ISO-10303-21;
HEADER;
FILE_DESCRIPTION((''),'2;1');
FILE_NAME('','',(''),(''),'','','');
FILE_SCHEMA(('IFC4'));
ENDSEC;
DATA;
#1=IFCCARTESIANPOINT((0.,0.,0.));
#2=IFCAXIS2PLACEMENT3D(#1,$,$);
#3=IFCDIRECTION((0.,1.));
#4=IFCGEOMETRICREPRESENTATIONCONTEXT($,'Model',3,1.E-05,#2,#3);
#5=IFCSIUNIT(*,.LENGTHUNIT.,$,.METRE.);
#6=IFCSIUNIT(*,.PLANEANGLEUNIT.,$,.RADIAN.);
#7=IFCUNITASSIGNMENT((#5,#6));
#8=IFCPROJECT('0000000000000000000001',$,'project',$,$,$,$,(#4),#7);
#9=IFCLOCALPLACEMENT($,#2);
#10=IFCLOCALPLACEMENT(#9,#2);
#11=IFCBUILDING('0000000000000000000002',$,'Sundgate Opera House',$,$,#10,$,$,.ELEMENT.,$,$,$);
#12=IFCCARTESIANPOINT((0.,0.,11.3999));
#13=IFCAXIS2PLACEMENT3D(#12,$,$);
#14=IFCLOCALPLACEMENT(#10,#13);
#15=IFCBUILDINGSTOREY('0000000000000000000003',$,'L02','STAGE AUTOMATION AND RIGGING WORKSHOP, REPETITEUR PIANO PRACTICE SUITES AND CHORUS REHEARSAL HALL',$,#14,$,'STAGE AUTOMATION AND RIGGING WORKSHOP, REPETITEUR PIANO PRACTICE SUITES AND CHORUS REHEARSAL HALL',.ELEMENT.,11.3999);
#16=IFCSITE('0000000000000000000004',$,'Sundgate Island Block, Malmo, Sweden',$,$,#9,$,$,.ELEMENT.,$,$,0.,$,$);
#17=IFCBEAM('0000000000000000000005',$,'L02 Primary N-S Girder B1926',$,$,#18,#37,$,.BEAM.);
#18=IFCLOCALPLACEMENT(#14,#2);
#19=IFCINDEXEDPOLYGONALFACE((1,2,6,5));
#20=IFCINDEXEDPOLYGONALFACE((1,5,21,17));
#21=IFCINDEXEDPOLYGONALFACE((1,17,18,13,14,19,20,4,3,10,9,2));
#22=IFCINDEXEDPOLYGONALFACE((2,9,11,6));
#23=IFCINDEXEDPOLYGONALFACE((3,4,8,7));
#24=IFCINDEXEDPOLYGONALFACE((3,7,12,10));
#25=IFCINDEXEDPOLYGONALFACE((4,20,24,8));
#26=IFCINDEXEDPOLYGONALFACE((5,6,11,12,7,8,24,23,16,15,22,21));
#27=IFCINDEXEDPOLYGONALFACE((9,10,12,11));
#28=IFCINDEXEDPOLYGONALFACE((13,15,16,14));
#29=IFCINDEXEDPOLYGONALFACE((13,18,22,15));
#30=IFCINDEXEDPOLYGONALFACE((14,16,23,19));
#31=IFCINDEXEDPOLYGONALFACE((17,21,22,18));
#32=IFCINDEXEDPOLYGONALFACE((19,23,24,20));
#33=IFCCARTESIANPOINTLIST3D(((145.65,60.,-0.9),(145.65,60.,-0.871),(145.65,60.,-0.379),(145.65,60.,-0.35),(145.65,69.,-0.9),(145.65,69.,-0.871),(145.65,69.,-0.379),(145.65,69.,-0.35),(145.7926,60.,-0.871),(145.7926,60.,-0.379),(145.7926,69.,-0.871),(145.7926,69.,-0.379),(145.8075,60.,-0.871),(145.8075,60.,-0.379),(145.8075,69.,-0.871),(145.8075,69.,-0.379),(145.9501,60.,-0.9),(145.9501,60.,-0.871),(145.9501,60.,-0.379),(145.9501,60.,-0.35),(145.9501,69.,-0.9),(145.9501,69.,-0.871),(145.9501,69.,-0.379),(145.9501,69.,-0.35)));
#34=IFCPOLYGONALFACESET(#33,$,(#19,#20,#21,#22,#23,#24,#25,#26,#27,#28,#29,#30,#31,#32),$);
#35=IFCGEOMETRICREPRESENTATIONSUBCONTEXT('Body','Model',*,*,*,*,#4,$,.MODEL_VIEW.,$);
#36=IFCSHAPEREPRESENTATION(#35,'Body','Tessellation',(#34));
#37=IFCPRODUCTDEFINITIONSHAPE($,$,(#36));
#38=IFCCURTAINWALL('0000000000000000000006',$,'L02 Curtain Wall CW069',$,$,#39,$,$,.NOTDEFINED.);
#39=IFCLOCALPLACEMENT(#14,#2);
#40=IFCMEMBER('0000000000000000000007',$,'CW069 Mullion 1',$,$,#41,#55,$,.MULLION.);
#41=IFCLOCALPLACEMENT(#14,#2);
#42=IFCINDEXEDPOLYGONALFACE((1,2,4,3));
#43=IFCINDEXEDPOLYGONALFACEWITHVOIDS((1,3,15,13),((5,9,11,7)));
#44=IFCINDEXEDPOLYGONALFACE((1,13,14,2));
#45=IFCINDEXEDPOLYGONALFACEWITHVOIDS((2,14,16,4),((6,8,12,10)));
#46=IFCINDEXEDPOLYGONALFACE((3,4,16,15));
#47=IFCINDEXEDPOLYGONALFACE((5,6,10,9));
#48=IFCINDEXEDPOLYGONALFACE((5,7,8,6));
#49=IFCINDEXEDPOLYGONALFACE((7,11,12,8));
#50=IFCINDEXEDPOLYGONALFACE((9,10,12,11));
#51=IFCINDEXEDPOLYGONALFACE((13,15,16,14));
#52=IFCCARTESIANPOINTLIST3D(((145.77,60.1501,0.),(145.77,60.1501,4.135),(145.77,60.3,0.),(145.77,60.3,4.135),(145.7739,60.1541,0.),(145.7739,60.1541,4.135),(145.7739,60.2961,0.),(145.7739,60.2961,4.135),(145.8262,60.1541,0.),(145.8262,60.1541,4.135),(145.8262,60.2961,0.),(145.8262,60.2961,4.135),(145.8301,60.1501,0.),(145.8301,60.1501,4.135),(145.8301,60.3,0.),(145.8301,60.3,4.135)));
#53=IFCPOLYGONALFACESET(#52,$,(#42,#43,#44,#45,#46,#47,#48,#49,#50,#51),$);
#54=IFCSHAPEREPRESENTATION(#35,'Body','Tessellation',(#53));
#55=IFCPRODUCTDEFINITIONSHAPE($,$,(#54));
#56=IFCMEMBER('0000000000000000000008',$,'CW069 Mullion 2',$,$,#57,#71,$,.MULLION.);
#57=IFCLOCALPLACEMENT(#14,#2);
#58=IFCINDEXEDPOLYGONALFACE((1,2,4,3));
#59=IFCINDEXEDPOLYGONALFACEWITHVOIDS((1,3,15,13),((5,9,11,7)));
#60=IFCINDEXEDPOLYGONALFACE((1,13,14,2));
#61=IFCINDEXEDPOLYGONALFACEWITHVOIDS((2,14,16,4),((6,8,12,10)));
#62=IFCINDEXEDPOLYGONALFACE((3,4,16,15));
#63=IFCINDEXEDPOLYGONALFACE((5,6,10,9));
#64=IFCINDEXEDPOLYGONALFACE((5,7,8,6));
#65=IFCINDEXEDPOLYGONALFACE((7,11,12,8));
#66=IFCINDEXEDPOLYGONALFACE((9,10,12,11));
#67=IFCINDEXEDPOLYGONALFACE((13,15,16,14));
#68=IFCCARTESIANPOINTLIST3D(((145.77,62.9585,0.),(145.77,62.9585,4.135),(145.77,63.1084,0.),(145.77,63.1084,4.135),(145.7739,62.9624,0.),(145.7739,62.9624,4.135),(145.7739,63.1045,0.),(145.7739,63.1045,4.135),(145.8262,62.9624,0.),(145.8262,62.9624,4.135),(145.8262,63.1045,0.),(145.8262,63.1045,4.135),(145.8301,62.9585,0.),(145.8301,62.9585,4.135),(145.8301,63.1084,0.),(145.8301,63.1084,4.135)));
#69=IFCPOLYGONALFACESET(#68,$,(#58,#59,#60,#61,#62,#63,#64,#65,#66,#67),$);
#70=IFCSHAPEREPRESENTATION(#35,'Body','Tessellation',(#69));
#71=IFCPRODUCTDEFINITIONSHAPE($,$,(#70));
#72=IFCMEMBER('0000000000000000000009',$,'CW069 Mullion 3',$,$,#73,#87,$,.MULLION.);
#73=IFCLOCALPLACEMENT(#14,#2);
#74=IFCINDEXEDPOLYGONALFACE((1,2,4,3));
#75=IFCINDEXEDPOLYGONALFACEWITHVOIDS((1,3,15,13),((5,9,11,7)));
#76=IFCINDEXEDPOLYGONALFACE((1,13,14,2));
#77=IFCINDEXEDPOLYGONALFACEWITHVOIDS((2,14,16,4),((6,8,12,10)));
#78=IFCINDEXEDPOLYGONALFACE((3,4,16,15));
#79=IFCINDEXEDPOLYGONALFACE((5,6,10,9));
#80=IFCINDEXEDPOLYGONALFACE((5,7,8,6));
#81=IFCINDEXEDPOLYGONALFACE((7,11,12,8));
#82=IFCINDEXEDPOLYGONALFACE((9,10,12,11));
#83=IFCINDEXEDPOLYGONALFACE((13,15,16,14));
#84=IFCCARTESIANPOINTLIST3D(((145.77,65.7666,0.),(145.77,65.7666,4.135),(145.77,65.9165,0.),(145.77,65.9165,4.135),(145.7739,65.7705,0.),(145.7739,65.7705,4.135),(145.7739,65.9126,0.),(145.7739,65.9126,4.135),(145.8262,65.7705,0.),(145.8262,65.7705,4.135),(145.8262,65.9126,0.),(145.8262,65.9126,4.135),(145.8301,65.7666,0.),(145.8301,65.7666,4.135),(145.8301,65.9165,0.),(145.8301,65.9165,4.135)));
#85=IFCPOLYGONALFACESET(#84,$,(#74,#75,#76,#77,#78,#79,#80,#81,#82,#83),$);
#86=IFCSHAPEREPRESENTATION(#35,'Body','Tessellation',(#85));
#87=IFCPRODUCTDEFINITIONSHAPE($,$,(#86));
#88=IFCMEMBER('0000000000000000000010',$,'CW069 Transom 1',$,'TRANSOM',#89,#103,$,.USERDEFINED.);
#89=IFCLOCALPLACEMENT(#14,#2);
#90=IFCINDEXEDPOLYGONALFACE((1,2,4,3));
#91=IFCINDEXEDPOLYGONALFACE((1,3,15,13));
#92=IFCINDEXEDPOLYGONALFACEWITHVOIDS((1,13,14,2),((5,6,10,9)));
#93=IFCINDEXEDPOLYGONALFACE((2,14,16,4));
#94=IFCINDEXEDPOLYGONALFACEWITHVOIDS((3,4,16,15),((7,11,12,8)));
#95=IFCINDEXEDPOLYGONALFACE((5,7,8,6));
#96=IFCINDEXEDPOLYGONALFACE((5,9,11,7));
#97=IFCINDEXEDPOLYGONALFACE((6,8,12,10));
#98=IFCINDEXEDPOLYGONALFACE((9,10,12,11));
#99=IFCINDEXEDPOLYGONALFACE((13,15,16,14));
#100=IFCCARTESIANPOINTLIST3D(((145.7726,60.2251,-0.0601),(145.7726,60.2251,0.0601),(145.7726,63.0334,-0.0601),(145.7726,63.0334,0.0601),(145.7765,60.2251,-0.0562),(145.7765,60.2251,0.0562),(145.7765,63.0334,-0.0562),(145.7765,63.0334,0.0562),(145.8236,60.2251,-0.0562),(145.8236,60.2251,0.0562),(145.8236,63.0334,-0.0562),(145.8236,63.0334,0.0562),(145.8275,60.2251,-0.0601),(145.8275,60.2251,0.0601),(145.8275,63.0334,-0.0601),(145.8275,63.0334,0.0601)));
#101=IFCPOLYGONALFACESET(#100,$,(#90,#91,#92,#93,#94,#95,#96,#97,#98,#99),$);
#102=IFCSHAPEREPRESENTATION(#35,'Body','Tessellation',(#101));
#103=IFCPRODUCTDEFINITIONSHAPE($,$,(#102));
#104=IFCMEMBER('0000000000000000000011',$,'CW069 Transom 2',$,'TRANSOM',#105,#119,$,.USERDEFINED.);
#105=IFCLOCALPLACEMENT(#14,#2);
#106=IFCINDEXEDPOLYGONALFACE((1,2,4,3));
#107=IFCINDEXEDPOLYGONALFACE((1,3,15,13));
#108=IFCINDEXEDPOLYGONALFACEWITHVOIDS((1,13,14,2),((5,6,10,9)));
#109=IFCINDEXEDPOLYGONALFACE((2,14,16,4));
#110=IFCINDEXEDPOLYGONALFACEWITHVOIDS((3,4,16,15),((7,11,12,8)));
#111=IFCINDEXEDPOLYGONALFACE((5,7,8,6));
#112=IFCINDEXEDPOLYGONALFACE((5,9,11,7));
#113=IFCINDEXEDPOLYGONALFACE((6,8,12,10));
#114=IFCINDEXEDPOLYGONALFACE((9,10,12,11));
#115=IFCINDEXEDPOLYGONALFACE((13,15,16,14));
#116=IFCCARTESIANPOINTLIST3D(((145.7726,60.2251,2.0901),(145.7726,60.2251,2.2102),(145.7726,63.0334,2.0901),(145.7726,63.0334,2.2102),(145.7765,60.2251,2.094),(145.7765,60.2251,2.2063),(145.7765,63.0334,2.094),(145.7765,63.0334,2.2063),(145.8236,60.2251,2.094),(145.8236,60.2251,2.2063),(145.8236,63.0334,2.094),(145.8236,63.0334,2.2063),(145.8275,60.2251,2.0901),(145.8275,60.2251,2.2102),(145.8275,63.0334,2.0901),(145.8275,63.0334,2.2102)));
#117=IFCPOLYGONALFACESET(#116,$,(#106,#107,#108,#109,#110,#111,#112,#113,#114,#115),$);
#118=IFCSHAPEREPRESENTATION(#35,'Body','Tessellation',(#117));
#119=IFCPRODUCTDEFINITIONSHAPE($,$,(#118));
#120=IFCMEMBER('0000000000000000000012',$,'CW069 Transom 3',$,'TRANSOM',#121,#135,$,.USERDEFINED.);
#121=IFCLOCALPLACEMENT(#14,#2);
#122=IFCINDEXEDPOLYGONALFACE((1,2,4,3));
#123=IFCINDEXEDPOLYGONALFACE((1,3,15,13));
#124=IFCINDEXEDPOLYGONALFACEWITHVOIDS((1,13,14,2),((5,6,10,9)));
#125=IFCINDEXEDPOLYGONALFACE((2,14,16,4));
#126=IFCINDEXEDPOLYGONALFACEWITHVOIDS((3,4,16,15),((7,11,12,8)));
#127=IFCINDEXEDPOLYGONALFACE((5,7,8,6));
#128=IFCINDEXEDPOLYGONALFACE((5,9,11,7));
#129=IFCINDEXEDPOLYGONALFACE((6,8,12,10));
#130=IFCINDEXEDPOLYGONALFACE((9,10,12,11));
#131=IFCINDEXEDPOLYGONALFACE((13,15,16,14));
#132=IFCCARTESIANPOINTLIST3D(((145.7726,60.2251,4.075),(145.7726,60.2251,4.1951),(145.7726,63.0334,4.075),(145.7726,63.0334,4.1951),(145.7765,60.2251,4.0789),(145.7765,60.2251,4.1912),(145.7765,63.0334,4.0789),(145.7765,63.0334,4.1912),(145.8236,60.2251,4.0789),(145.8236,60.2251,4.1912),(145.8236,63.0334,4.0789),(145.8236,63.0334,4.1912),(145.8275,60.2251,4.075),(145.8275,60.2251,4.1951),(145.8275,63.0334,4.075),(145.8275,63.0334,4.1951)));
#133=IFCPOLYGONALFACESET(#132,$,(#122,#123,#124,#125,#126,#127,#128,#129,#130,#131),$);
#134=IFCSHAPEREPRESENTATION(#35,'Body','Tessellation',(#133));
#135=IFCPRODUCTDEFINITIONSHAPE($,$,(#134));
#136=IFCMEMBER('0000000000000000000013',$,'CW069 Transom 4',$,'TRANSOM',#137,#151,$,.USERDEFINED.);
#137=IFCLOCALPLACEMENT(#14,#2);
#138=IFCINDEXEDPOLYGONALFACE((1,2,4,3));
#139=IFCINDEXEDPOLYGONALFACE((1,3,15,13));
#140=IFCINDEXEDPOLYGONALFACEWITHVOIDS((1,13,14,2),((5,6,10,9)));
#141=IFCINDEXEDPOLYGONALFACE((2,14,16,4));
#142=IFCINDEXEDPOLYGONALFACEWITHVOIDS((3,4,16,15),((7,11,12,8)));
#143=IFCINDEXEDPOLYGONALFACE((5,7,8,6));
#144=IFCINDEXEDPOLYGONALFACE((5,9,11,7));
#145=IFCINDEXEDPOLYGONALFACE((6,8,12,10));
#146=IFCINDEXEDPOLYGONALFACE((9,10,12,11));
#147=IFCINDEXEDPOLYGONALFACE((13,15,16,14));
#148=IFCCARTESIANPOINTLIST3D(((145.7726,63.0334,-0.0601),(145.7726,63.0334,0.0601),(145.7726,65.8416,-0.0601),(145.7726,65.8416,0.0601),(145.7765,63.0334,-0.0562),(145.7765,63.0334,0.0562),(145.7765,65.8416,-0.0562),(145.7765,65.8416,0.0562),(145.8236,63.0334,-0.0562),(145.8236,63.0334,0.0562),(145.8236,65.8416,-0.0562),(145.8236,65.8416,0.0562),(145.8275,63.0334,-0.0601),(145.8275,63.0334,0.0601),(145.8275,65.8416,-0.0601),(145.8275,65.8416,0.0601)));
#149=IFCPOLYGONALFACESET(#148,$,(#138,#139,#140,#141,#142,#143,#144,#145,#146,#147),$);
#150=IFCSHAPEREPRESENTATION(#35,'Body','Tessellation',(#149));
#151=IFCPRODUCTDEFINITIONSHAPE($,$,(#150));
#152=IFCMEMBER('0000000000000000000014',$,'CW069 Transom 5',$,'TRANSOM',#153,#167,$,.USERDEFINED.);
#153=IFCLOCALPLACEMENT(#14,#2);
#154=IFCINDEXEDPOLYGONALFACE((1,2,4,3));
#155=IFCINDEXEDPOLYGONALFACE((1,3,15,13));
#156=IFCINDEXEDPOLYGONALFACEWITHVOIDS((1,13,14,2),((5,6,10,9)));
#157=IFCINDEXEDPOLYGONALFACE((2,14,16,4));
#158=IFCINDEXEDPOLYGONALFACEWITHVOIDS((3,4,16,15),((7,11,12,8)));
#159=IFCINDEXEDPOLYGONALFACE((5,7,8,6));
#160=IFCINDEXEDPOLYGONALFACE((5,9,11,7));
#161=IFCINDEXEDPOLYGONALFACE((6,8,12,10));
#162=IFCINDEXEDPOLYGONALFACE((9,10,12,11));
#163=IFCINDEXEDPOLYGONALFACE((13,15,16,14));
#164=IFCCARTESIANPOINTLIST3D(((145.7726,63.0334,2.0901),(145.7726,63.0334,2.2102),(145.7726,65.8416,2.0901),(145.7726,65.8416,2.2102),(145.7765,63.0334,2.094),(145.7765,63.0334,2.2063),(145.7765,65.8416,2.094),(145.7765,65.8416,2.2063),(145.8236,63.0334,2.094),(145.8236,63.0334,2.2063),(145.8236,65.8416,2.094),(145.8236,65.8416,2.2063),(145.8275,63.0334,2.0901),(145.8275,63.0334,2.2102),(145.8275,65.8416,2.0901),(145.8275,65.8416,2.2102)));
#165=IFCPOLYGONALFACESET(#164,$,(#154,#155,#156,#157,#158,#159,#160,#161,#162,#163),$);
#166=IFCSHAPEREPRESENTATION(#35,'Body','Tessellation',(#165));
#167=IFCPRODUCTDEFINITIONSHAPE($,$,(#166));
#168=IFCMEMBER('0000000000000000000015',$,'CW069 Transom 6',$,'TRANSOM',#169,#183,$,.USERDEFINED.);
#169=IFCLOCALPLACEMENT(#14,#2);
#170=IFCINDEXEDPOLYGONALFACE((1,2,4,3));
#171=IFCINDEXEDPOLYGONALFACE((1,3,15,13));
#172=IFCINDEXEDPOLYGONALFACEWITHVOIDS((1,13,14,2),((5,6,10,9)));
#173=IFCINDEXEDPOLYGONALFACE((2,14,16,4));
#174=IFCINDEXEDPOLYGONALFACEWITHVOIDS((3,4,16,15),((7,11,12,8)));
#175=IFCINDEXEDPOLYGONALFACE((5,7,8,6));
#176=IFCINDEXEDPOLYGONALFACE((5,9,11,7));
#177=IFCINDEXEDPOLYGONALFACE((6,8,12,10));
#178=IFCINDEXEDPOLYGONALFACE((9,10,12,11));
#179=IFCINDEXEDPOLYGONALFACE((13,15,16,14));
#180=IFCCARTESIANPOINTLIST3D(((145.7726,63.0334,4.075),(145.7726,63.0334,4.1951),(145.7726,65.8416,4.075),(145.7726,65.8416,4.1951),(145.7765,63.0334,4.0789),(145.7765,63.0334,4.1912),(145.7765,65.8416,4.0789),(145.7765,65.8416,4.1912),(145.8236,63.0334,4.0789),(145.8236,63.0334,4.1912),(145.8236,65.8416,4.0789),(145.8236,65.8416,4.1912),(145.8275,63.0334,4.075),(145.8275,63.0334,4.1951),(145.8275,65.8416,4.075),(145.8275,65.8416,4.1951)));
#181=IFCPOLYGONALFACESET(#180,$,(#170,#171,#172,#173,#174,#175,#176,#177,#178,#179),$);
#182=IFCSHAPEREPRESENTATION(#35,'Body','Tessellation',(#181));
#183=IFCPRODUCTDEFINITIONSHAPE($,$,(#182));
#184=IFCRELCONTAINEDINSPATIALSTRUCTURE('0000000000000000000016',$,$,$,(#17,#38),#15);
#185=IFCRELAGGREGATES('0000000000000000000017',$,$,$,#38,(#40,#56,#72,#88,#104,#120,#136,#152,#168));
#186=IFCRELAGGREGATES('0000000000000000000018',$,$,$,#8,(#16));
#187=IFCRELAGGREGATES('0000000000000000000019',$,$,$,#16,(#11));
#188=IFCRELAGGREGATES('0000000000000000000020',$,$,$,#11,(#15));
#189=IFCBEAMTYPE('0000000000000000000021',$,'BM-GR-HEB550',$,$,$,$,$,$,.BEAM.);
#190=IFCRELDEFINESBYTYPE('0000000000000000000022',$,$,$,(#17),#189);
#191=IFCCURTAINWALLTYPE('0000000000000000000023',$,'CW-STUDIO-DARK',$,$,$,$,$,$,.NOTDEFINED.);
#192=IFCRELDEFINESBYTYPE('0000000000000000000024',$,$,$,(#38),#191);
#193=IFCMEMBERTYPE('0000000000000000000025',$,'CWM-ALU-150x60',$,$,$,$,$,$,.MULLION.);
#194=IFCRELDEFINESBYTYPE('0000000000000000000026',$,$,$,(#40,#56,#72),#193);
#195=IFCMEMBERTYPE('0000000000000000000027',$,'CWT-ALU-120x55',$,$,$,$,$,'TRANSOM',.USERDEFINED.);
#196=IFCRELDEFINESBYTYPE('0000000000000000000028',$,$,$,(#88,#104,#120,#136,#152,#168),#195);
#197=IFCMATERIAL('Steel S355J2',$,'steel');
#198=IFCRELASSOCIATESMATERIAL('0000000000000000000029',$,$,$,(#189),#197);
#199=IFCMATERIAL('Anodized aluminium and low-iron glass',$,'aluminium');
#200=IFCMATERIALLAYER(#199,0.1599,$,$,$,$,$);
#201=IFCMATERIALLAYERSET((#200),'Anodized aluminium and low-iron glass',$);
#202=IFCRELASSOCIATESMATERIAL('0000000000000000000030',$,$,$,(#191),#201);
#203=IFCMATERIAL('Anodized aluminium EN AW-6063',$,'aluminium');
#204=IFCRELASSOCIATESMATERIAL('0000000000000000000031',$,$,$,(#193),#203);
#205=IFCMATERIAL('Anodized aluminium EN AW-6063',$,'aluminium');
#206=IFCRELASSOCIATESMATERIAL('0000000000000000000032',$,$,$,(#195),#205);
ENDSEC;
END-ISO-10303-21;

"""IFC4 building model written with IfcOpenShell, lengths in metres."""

from ifc_helpers import new_model, si_unit, direction, frame, origin, origin_2d, place, context, subcontext, project, spatial, hollow_rectangle, i_section, extrude, material, layer, layer_set, material_profile, profile_set, type_object, element, aggregate, save


model = new_model("IFC4")

# Units and contexts
model_context = context("Model", 3, precision=1e-05, world=origin(), true_north=direction((0.0, 1.0)))
body_context = subcontext(model_context, "Body", "Model", "MODEL_VIEW")
ifc_project = project(units=[si_unit("LENGTHUNIT", "METRE"), si_unit("PLANEANGLEUNIT", "RADIAN")], contexts=[model_context])

# Site, building, storey
site_placement = place(None, origin())
site = spatial("IfcSite", under=ifc_project, at=site_placement, Name="Sundgate Island Block, Malmo, Sweden", CompositionType="ELEMENT", RefElevation=0.0)
building_placement = place(site_placement, origin())
building = spatial("IfcBuilding", under=site, at=building_placement, Name="Sundgate Opera House", CompositionType="ELEMENT")
storey_placement = place(building_placement, frame((0.0, 0.0, 11.3999)))
storey = spatial("IfcBuildingStorey", under=building, at=storey_placement, Name="L02", Description="STAGE AUTOMATION AND RIGGING WORKSHOP, REPETITEUR PIANO PRACTICE SUITES AND CHORUS REHEARSAL HALL", LongName="STAGE AUTOMATION AND RIGGING WORKSHOP, REPETITEUR PIANO PRACTICE SUITES AND CHORUS REHEARSAL HALL", CompositionType="ELEMENT", Elevation=11.3999)

# Beam
ifc_material_1 = material(Name="Steel S355J2", Category="steel")
ifc_material_profile_1 = material_profile(ifc_material_1, i_section(OverallWidth=0.3, OverallDepth=0.55, WebThickness=0.0149, FlangeThickness=0.0291, at=origin_2d()), Name="HEB 550")
ifc_profile_set_1 = profile_set([ifc_material_profile_1], Name="Steel S355J2")
beam_type = type_object("IfcBeamType", Name="BM-GR-HEB550", PredefinedType="BEAM", material=ifc_profile_set_1)
beam_placement = place(storey_placement, frame((145.8, 60.0, -0.625), z_axis=(0.0, 1.0, 0.0), x_axis=(-1.0, 0.0, 0.0)))
element("IfcBeam", 1, at=beam_placement, inside=storey, type_object=beam_type, Name="L02 Primary N-S Girder B1926", PredefinedType="BEAM", context=body_context, shape_type="SweptSolid", body=[
    extrude(i_section(OverallWidth=0.3, OverallDepth=0.55, WebThickness=0.0149, FlangeThickness=0.0291, at=origin_2d()), origin(), (0.0, 0.0, 1.0), 9.0),
])

# Curtain wall, members
ifc_material_2 = material(Name="Anodized aluminium and low-iron glass", Category="aluminium")
ifc_layer_1 = layer(ifc_material_2, 0.1599)
ifc_layer_set_1 = layer_set([ifc_layer_1], Name="Anodized aluminium and low-iron glass")
curtain_wall_type = type_object("IfcCurtainWallType", Name="CW-STUDIO-DARK", PredefinedType="NOTDEFINED", material=ifc_layer_set_1)
curtain_wall_placement = place(storey_placement, origin())
curtain_wall = element("IfcCurtainWall", 2, at=curtain_wall_placement, inside=storey, type_object=curtain_wall_type, Name="L02 Curtain Wall CW069", PredefinedType="NOTDEFINED")
ifc_material_3 = material(Name="Anodized aluminium EN AW-6063", Category="aluminium")
ifc_material_profile_2 = material_profile(ifc_material_3, hollow_rectangle(XDim=0.0601, YDim=0.1499, WallThickness=0.0039, at=origin_2d()), Name="CWM 150x60x4")
ifc_profile_set_2 = profile_set([ifc_material_profile_2], Name="Anodized aluminium EN AW-6063")
member_type_1 = type_object("IfcMemberType", Name="CWM-ALU-150x60", PredefinedType="MULLION", material=ifc_profile_set_2)
member_1_placement = place(storey_placement, frame((145.8, 60.2251, 0.0), z_axis=(0.0, 0.0, 1.0), x_axis=(1.0, 0.0, 0.0)))
member_1 = element("IfcMember", 3, at=member_1_placement, type_object=member_type_1, Name="CW069 Mullion 1", PredefinedType="MULLION", context=body_context, shape_type="SweptSolid", body=[
    extrude(hollow_rectangle(XDim=0.0601, YDim=0.1499, WallThickness=0.0039, at=origin_2d()), origin(), (0.0, 0.0, 1.0), 4.135),
])
member_2_placement = place(storey_placement, frame((145.8, 63.0334, 0.0), z_axis=(0.0, 0.0, 1.0), x_axis=(1.0, 0.0, 0.0)))
member_2 = element("IfcMember", 4, at=member_2_placement, type_object=member_type_1, Name="CW069 Mullion 2", PredefinedType="MULLION", context=body_context, shape_type="SweptSolid", body=[
    extrude(hollow_rectangle(XDim=0.0601, YDim=0.1499, WallThickness=0.0039, at=origin_2d()), origin(), (0.0, 0.0, 1.0), 4.135),
])
member_3_placement = place(storey_placement, frame((145.8, 65.8416, 0.0), z_axis=(0.0, 0.0, 1.0), x_axis=(1.0, 0.0, 0.0)))
member_3 = element("IfcMember", 5, at=member_3_placement, type_object=member_type_1, Name="CW069 Mullion 3", PredefinedType="MULLION", context=body_context, shape_type="SweptSolid", body=[
    extrude(hollow_rectangle(XDim=0.0601, YDim=0.1499, WallThickness=0.0039, at=origin_2d()), origin(), (0.0, 0.0, 1.0), 4.135),
])
ifc_material_4 = material(Name="Anodized aluminium EN AW-6063", Category="aluminium")
ifc_material_profile_3 = material_profile(ifc_material_4, hollow_rectangle(XDim=0.0549, YDim=0.1201, WallThickness=0.0039, at=origin_2d()), Name="CWT 120x55x4")
ifc_profile_set_3 = profile_set([ifc_material_profile_3], Name="Anodized aluminium EN AW-6063")
member_type_2 = type_object("IfcMemberType", Name="CWT-ALU-120x55", ElementType="TRANSOM", PredefinedType="USERDEFINED", material=ifc_profile_set_3)
member_4_placement = place(storey_placement, frame((145.8, 60.2251, 0.0), z_axis=(0.0, 1.0, 0.0), x_axis=(-1.0, 0.0, 0.0)))
member_4 = element("IfcMember", 6, at=member_4_placement, type_object=member_type_2, Name="CW069 Transom 1", ObjectType="TRANSOM", PredefinedType="USERDEFINED", context=body_context, shape_type="SweptSolid", body=[
    extrude(hollow_rectangle(XDim=0.0549, YDim=0.1201, WallThickness=0.0039, at=origin_2d()), origin(), (0.0, 0.0, 1.0), 2.8083),
])
member_5_placement = place(storey_placement, frame((145.8, 60.2251, 2.1501), z_axis=(0.0, 1.0, 0.0), x_axis=(-1.0, 0.0, 0.0)))
member_5 = element("IfcMember", 7, at=member_5_placement, type_object=member_type_2, Name="CW069 Transom 2", ObjectType="TRANSOM", PredefinedType="USERDEFINED", context=body_context, shape_type="SweptSolid", body=[
    extrude(hollow_rectangle(XDim=0.0549, YDim=0.1201, WallThickness=0.0039, at=origin_2d()), origin(), (0.0, 0.0, 1.0), 2.8083),
])
member_6_placement = place(storey_placement, frame((145.8, 60.2251, 4.135), z_axis=(0.0, 1.0, 0.0), x_axis=(-1.0, 0.0, 0.0)))
member_6 = element("IfcMember", 8, at=member_6_placement, type_object=member_type_2, Name="CW069 Transom 3", ObjectType="TRANSOM", PredefinedType="USERDEFINED", context=body_context, shape_type="SweptSolid", body=[
    extrude(hollow_rectangle(XDim=0.0549, YDim=0.1201, WallThickness=0.0039, at=origin_2d()), origin(), (0.0, 0.0, 1.0), 2.8083),
])
member_7_placement = place(storey_placement, frame((145.8, 63.0334, 0.0), z_axis=(0.0, 1.0, 0.0), x_axis=(-1.0, 0.0, 0.0)))
member_7 = element("IfcMember", 9, at=member_7_placement, type_object=member_type_2, Name="CW069 Transom 4", ObjectType="TRANSOM", PredefinedType="USERDEFINED", context=body_context, shape_type="SweptSolid", body=[
    extrude(hollow_rectangle(XDim=0.0549, YDim=0.1201, WallThickness=0.0039, at=origin_2d()), origin(), (0.0, 0.0, 1.0), 2.8081),
])
member_8_placement = place(storey_placement, frame((145.8, 63.0334, 2.1501), z_axis=(0.0, 1.0, 0.0), x_axis=(-1.0, 0.0, 0.0)))
member_8 = element("IfcMember", 10, at=member_8_placement, type_object=member_type_2, Name="CW069 Transom 5", ObjectType="TRANSOM", PredefinedType="USERDEFINED", context=body_context, shape_type="SweptSolid", body=[
    extrude(hollow_rectangle(XDim=0.0549, YDim=0.1201, WallThickness=0.0039, at=origin_2d()), origin(), (0.0, 0.0, 1.0), 2.8081),
])
member_9_placement = place(storey_placement, frame((145.8, 63.0334, 4.135), z_axis=(0.0, 1.0, 0.0), x_axis=(-1.0, 0.0, 0.0)))
member_9 = element("IfcMember", 11, at=member_9_placement, type_object=member_type_2, Name="CW069 Transom 6", ObjectType="TRANSOM", PredefinedType="USERDEFINED", context=body_context, shape_type="SweptSolid", body=[
    extrude(hollow_rectangle(XDim=0.0549, YDim=0.1201, WallThickness=0.0039, at=origin_2d()), origin(), (0.0, 0.0, 1.0), 2.8081),
])
aggregate(curtain_wall, [member_1, member_2, member_3, member_4, member_5, member_6, member_7, member_8, member_9])

save(model, "model.ifc")
